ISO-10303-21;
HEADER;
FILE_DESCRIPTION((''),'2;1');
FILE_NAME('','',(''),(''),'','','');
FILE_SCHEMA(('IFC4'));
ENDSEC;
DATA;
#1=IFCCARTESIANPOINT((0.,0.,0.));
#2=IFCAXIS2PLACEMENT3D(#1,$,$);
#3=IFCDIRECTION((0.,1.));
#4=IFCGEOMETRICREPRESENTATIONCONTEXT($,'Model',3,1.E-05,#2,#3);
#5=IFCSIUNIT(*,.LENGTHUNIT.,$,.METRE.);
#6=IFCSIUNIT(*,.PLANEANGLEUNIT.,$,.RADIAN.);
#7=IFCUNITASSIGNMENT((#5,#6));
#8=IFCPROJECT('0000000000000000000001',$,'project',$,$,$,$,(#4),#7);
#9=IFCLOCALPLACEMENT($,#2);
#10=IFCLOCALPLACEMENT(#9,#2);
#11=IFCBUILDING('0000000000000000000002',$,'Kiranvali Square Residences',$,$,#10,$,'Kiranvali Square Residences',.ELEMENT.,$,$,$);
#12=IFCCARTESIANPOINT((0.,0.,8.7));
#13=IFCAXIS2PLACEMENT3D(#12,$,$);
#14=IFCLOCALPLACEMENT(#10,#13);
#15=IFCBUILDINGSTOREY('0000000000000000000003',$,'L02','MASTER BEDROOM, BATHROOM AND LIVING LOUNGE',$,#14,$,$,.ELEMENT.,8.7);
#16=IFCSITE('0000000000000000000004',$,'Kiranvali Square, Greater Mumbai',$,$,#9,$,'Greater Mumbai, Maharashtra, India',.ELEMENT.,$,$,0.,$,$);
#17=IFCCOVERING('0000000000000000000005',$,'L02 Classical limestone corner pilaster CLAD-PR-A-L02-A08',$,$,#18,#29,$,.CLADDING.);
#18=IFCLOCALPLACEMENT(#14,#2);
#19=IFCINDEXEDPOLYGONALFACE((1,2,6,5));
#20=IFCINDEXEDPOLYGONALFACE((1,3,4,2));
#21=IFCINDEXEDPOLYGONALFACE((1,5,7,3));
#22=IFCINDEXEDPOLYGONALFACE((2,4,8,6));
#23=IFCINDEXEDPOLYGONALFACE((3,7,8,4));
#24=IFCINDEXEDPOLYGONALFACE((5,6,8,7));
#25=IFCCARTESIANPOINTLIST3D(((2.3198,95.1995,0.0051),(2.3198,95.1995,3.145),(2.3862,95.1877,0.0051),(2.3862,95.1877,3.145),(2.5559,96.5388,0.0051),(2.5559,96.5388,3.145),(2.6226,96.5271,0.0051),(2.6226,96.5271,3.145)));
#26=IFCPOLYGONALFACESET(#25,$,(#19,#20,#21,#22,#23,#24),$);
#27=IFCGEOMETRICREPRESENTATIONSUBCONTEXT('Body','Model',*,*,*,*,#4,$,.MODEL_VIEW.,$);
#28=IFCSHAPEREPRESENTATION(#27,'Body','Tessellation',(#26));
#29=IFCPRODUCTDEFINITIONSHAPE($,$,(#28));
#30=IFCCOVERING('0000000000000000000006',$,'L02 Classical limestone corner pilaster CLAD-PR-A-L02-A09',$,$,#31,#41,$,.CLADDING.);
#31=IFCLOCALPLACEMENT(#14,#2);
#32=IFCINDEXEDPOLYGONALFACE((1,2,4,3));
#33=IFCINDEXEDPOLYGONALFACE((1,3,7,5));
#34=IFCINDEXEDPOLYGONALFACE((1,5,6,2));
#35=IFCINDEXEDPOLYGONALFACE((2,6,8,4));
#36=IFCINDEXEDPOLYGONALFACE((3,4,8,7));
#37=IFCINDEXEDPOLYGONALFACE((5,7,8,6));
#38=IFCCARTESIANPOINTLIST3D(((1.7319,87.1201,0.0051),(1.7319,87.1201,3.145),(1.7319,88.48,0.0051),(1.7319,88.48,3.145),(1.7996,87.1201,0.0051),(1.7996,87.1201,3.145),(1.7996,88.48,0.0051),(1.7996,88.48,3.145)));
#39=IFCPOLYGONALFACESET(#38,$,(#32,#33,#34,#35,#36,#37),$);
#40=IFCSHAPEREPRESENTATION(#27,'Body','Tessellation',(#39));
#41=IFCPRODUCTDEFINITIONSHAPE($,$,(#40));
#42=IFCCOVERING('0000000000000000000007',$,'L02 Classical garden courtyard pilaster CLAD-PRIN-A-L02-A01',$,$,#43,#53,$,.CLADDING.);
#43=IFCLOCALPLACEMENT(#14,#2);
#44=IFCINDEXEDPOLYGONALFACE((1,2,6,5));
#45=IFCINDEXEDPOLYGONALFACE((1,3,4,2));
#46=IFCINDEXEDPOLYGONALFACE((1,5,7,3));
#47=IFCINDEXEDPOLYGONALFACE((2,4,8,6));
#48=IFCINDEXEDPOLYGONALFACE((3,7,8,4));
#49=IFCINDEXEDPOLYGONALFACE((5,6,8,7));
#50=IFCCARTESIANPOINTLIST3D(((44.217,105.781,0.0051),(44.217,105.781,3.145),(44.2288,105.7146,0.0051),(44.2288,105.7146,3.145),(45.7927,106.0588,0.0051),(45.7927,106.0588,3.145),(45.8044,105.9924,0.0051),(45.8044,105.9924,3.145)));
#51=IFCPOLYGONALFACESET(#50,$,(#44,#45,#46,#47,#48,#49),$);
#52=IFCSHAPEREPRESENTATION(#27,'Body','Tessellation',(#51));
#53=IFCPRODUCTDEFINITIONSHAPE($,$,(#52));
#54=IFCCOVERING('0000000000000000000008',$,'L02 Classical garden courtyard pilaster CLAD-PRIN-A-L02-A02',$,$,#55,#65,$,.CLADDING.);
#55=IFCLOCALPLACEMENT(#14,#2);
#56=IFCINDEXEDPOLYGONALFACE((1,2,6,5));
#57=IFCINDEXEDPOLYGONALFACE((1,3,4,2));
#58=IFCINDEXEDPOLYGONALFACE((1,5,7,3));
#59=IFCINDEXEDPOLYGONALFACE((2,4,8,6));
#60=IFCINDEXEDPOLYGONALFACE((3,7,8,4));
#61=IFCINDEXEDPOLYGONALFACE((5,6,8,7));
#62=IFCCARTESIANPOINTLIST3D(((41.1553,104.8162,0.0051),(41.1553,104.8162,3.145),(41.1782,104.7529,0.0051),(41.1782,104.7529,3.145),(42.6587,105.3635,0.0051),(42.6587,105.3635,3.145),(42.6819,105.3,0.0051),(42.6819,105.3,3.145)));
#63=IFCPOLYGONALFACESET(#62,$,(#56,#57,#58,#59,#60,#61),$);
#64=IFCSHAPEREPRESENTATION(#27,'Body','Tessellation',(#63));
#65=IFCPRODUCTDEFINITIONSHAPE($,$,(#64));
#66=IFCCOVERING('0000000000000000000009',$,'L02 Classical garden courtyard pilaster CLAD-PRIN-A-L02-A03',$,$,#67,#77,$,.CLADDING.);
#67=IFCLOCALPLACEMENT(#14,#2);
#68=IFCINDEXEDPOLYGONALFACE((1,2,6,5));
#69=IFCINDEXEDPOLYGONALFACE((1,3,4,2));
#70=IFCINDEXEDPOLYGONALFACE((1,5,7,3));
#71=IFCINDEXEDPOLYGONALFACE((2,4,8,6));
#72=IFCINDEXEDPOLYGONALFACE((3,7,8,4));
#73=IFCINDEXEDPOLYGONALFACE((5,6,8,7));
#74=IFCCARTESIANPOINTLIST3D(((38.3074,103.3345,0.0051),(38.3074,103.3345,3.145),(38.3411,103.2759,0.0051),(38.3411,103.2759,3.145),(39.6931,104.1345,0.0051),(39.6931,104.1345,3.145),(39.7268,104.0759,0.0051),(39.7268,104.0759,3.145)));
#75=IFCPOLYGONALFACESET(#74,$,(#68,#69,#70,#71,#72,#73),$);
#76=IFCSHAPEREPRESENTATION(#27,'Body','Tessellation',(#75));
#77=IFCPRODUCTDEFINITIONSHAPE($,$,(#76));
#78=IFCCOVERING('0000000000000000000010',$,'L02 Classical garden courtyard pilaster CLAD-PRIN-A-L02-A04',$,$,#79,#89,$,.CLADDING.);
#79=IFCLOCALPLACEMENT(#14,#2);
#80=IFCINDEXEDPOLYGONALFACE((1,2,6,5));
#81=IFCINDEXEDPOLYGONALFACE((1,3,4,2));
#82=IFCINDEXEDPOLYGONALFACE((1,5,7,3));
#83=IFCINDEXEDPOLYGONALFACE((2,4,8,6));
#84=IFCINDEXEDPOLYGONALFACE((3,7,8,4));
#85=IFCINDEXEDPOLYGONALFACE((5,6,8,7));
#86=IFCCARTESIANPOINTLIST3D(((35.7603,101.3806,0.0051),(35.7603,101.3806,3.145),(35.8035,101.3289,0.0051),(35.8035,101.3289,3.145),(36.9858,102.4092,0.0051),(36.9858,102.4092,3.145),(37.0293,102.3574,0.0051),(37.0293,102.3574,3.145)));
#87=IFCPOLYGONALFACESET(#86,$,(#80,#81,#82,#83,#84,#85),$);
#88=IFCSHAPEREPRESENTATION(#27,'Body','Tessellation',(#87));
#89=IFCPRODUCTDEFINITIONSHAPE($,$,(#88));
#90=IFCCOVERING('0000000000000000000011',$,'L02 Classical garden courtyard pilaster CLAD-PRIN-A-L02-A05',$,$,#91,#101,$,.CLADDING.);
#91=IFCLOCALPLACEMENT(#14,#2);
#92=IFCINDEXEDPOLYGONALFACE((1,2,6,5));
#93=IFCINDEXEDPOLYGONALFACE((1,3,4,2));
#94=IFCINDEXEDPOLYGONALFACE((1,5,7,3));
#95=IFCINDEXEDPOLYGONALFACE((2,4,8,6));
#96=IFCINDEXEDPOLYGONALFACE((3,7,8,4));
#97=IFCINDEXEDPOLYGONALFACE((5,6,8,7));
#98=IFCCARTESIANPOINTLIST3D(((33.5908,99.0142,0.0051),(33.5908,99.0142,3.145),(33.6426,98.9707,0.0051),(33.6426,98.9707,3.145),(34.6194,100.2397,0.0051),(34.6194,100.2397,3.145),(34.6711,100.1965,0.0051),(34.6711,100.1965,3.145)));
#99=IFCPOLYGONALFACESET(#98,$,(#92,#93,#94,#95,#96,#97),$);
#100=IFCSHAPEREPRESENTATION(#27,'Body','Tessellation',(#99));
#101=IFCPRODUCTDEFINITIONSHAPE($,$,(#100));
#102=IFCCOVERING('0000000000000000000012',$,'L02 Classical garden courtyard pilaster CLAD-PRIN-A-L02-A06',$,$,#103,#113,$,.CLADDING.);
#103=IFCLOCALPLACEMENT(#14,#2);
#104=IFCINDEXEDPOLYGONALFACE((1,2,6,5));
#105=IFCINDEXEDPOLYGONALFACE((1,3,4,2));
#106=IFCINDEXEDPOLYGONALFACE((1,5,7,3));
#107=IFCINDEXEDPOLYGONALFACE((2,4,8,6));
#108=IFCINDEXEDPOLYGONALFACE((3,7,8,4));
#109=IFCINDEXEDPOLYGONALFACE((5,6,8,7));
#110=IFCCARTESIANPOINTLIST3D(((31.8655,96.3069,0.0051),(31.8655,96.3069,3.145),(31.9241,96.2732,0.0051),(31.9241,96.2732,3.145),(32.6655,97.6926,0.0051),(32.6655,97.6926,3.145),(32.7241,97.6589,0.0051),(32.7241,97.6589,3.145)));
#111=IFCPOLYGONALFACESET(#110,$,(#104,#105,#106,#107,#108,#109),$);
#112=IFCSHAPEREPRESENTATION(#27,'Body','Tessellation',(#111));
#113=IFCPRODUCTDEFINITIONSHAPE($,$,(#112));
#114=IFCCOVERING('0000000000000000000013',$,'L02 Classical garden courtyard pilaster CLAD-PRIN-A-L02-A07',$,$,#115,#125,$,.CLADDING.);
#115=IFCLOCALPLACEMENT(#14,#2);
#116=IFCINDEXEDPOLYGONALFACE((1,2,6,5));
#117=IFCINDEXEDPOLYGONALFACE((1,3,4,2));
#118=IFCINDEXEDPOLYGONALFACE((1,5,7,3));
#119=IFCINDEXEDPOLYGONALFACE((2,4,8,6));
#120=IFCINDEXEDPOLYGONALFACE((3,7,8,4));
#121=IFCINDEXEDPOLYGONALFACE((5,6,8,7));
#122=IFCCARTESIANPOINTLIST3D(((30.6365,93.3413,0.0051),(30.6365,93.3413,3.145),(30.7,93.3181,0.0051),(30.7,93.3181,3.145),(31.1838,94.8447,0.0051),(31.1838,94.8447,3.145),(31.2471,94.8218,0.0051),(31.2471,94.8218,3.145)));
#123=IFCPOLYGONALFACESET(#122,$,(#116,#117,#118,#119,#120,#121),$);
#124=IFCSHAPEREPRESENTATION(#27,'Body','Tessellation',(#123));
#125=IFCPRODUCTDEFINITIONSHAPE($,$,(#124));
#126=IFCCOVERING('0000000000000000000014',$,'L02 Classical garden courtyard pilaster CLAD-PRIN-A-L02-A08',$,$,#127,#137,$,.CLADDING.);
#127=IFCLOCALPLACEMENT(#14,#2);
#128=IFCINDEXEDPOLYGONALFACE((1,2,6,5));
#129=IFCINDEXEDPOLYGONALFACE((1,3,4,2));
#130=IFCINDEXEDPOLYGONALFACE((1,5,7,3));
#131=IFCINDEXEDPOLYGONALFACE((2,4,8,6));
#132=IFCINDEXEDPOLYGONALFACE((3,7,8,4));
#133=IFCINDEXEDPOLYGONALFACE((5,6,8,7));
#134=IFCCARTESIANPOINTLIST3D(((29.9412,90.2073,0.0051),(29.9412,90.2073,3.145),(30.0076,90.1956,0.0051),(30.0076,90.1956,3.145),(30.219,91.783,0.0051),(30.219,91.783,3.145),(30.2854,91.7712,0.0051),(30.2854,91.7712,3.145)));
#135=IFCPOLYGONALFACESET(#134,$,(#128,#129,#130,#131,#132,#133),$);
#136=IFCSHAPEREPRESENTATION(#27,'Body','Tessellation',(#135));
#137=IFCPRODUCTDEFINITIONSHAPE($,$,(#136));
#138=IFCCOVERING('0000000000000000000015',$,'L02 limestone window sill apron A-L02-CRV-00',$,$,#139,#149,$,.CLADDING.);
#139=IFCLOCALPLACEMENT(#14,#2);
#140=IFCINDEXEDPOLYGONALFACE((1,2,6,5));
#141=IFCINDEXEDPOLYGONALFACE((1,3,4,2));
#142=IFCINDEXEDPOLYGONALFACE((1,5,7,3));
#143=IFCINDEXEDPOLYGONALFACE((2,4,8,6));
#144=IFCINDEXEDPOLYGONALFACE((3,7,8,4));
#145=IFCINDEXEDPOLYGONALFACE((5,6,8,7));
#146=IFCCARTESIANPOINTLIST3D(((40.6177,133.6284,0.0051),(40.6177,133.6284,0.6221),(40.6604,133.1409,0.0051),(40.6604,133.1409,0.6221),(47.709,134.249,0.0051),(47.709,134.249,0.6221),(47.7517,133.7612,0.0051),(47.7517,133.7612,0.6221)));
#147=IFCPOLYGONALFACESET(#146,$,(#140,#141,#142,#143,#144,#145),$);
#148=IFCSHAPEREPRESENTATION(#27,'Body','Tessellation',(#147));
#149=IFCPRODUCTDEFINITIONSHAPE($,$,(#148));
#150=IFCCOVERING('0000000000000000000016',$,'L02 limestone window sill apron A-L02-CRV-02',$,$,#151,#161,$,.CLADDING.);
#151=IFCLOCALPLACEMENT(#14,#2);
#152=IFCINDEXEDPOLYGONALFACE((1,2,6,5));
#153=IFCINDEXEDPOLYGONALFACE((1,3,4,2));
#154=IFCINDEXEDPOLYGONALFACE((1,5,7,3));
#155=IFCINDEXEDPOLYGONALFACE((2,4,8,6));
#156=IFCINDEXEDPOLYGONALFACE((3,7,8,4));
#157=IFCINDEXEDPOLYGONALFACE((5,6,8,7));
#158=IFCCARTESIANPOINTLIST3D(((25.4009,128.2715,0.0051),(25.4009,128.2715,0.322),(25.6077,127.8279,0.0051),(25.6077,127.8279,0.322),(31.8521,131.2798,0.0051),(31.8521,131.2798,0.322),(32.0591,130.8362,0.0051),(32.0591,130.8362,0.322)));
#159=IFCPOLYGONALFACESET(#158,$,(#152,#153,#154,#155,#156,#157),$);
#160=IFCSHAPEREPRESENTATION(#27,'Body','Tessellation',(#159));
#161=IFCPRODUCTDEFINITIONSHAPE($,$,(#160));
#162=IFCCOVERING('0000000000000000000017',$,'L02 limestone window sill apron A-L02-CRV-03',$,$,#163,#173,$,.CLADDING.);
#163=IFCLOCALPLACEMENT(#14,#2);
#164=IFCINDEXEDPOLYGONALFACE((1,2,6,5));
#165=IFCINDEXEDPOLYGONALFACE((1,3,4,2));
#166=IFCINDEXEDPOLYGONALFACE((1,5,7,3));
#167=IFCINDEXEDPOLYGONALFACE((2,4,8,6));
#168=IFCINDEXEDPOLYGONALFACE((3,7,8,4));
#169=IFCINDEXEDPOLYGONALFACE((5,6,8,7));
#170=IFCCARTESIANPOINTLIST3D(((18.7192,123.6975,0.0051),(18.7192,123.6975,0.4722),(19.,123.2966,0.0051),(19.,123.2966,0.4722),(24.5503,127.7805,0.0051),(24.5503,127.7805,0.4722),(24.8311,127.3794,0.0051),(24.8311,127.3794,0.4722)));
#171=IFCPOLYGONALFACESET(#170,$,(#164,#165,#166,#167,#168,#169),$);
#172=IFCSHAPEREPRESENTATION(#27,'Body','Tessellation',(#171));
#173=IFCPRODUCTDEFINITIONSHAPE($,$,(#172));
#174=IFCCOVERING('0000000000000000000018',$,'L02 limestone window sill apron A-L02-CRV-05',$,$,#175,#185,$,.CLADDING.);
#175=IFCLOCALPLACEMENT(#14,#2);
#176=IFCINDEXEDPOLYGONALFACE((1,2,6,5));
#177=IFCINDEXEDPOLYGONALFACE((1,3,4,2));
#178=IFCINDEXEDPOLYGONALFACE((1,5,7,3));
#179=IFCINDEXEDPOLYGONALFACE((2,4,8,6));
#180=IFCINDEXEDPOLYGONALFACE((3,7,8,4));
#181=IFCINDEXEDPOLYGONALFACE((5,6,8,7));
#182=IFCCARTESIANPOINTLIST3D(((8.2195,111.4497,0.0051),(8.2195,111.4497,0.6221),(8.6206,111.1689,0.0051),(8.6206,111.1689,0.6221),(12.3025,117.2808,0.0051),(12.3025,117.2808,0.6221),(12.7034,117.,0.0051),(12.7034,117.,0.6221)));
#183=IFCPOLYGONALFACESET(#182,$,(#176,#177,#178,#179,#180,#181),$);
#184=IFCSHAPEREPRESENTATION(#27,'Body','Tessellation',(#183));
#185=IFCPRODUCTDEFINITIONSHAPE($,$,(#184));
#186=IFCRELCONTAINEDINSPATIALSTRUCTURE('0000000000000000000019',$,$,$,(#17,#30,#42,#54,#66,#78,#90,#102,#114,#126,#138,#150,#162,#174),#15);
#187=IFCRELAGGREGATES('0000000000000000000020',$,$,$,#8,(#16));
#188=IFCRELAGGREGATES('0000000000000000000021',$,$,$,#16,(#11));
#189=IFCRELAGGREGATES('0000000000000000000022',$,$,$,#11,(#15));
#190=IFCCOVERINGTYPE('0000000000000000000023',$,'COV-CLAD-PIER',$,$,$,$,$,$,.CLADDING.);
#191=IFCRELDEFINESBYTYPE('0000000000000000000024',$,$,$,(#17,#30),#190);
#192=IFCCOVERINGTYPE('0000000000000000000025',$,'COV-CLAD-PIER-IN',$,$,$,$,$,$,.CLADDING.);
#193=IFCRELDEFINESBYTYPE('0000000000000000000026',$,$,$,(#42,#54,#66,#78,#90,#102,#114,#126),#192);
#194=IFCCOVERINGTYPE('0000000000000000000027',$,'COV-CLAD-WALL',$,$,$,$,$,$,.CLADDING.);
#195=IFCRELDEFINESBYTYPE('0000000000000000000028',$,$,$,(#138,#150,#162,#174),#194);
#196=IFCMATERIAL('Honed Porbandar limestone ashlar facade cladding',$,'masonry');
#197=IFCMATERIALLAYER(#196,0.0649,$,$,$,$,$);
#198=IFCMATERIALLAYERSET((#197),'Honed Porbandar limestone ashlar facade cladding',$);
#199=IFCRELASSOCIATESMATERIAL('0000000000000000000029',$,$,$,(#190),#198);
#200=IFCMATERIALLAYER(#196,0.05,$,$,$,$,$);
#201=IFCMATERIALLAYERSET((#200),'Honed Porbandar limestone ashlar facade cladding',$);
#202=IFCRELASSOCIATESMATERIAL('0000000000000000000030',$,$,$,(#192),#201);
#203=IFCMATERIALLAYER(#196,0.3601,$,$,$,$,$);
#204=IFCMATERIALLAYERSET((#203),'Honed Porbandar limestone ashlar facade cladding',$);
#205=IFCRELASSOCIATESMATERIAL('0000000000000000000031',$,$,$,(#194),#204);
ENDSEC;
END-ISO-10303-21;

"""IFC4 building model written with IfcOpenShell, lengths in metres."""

from ifc_helpers import new_model, si_unit, direction, frame, origin, place, context, subcontext, project, spatial, polyline, outline, extrude, material, layer, layer_set, type_object, element, save


model = new_model("IFC4")

# Units and contexts
model_context = context("Model", 3, precision=1e-05, world=origin(), true_north=direction((0.0, 1.0)))
body_context = subcontext(model_context, "Body", "Model", "MODEL_VIEW")
ifc_project = project(units=[si_unit("LENGTHUNIT", "METRE"), si_unit("PLANEANGLEUNIT", "RADIAN")], contexts=[model_context])

# Site, building, storey
site_placement = place(None, origin())
site = spatial("IfcSite", under=ifc_project, at=site_placement, Name="Kiranvali Square, Greater Mumbai", LongName="Greater Mumbai, Maharashtra, India", CompositionType="ELEMENT", RefElevation=0.0)
building_placement = place(site_placement, origin())
building = spatial("IfcBuilding", under=site, at=building_placement, Name="Kiranvali Square Residences", LongName="Kiranvali Square Residences", CompositionType="ELEMENT")
storey_placement = place(building_placement, frame((0.0, 0.0, 8.7)))
storey = spatial("IfcBuildingStorey", under=building, at=storey_placement, Name="L02", Description="MASTER BEDROOM, BATHROOM AND LIVING LOUNGE", CompositionType="ELEMENT", Elevation=8.7)

# Coverings
ifc_material = material(Name="Honed Porbandar limestone ashlar facade cladding", Category="masonry")
ifc_layer_1 = layer(ifc_material, 0.0649)
ifc_layer_set_1 = layer_set([ifc_layer_1], Name="Honed Porbandar limestone ashlar facade cladding")
covering_type_1 = type_object("IfcCoveringType", Name="COV-CLAD-PIER", PredefinedType="CLADDING", material=ifc_layer_set_1)
covering_1_placement = place(storey_placement, frame((0.0, 0.0, 0.0051)))
element("IfcCovering", 1, at=covering_1_placement, inside=storey, type_object=covering_type_1, Name="L02 Classical limestone corner pilaster CLAD-PR-A-L02-A08", PredefinedType="CLADDING", context=body_context, shape_type="SweptSolid", body=[
    extrude(outline(polyline([(2.5559, 96.5388), (2.3198, 95.1995), (2.3862, 95.1877), (2.6226, 96.5271), (2.5559, 96.5388)])), origin(), (0.0, 0.0, 1.0), 3.1399),
])
covering_2_placement = place(storey_placement, frame((0.0, 0.0, 0.0051)))
element("IfcCovering", 2, at=covering_2_placement, inside=storey, type_object=covering_type_1, Name="L02 Classical limestone corner pilaster CLAD-PR-A-L02-A09", PredefinedType="CLADDING", context=body_context, shape_type="SweptSolid", body=[
    extrude(outline(polyline([(1.7319, 88.48), (1.7319, 87.1201), (1.7996, 87.1201), (1.7996, 88.48), (1.7319, 88.48)])), origin(), (0.0, 0.0, 1.0), 3.1399),
])
ifc_layer_2 = layer(ifc_material, 0.05)
ifc_layer_set_2 = layer_set([ifc_layer_2], Name="Honed Porbandar limestone ashlar facade cladding")
covering_type_2 = type_object("IfcCoveringType", Name="COV-CLAD-PIER-IN", PredefinedType="CLADDING", material=ifc_layer_set_2)
covering_3_placement = place(storey_placement, frame((0.0, 0.0, 0.0051)))
element("IfcCovering", 3, at=covering_3_placement, inside=storey, type_object=covering_type_2, Name="L02 Classical garden courtyard pilaster CLAD-PRIN-A-L02-A01", PredefinedType="CLADDING", context=body_context, shape_type="SweptSolid", body=[
    extrude(outline(polyline([(44.2288, 105.7146), (45.8044, 105.9924), (45.7927, 106.0588), (44.217, 105.781), (44.2288, 105.7146)])), origin(), (0.0, 0.0, 1.0), 3.1399),
])
covering_4_placement = place(storey_placement, frame((0.0, 0.0, 0.0051)))
element("IfcCovering", 4, at=covering_4_placement, inside=storey, type_object=covering_type_2, Name="L02 Classical garden courtyard pilaster CLAD-PRIN-A-L02-A02", PredefinedType="CLADDING", context=body_context, shape_type="SweptSolid", body=[
    extrude(outline(polyline([(41.1782, 104.7529), (42.6819, 105.3), (42.6587, 105.3635), (41.1553, 104.8162), (41.1782, 104.7529)])), origin(), (0.0, 0.0, 1.0), 3.1399),
])
covering_5_placement = place(storey_placement, frame((0.0, 0.0, 0.0051)))
element("IfcCovering", 5, at=covering_5_placement, inside=storey, type_object=covering_type_2, Name="L02 Classical garden courtyard pilaster CLAD-PRIN-A-L02-A03", PredefinedType="CLADDING", context=body_context, shape_type="SweptSolid", body=[
    extrude(outline(polyline([(38.3411, 103.2759), (39.7268, 104.0759), (39.6931, 104.1345), (38.3074, 103.3345), (38.3411, 103.2759)])), origin(), (0.0, 0.0, 1.0), 3.1399),
])
covering_6_placement = place(storey_placement, frame((0.0, 0.0, 0.0051)))
element("IfcCovering", 6, at=covering_6_placement, inside=storey, type_object=covering_type_2, Name="L02 Classical garden courtyard pilaster CLAD-PRIN-A-L02-A04", PredefinedType="CLADDING", context=body_context, shape_type="SweptSolid", body=[
    extrude(outline(polyline([(35.8035, 101.3289), (37.0293, 102.3574), (36.9858, 102.4092), (35.7603, 101.3806), (35.8035, 101.3289)])), origin(), (0.0, 0.0, 1.0), 3.1399),
])
covering_7_placement = place(storey_placement, frame((0.0, 0.0, 0.0051)))
element("IfcCovering", 7, at=covering_7_placement, inside=storey, type_object=covering_type_2, Name="L02 Classical garden courtyard pilaster CLAD-PRIN-A-L02-A05", PredefinedType="CLADDING", context=body_context, shape_type="SweptSolid", body=[
    extrude(outline(polyline([(33.6426, 98.9707), (34.6711, 100.1965), (34.6194, 100.2397), (33.5908, 99.0142), (33.6426, 98.9707)])), origin(), (0.0, 0.0, 1.0), 3.1399),
])
covering_8_placement = place(storey_placement, frame((0.0, 0.0, 0.0051)))
element("IfcCovering", 8, at=covering_8_placement, inside=storey, type_object=covering_type_2, Name="L02 Classical garden courtyard pilaster CLAD-PRIN-A-L02-A06", PredefinedType="CLADDING", context=body_context, shape_type="SweptSolid", body=[
    extrude(outline(polyline([(31.9241, 96.2732), (32.7241, 97.6589), (32.6655, 97.6926), (31.8655, 96.3069), (31.9241, 96.2732)])), origin(), (0.0, 0.0, 1.0), 3.1399),
])
covering_9_placement = place(storey_placement, frame((0.0, 0.0, 0.0051)))
element("IfcCovering", 9, at=covering_9_placement, inside=storey, type_object=covering_type_2, Name="L02 Classical garden courtyard pilaster CLAD-PRIN-A-L02-A07", PredefinedType="CLADDING", context=body_context, shape_type="SweptSolid", body=[
    extrude(outline(polyline([(30.7, 93.3181), (31.2471, 94.8218), (31.1838, 94.8447), (30.6365, 93.3413), (30.7, 93.3181)])), origin(), (0.0, 0.0, 1.0), 3.1399),
])
covering_10_placement = place(storey_placement, frame((0.0, 0.0, 0.0051)))
element("IfcCovering", 10, at=covering_10_placement, inside=storey, type_object=covering_type_2, Name="L02 Classical garden courtyard pilaster CLAD-PRIN-A-L02-A08", PredefinedType="CLADDING", context=body_context, shape_type="SweptSolid", body=[
    extrude(outline(polyline([(30.0076, 90.1956), (30.2854, 91.7712), (30.219, 91.783), (29.9412, 90.2073), (30.0076, 90.1956)])), origin(), (0.0, 0.0, 1.0), 3.1399),
])
ifc_layer_3 = layer(ifc_material, 0.3601)
ifc_layer_set_3 = layer_set([ifc_layer_3], Name="Honed Porbandar limestone ashlar facade cladding")
covering_type_3 = type_object("IfcCoveringType", Name="COV-CLAD-WALL", PredefinedType="CLADDING", material=ifc_layer_set_3)
covering_11_placement = place(storey_placement, frame((0.0, 0.0, 0.0051)))
element("IfcCovering", 11, at=covering_11_placement, inside=storey, type_object=covering_type_3, Name="L02 limestone window sill apron A-L02-CRV-00", PredefinedType="CLADDING", context=body_context, shape_type="SweptSolid", body=[
    extrude(outline(polyline([(47.709, 134.249), (40.6177, 133.6284), (40.6604, 133.1409), (47.7517, 133.7612), (47.709, 134.249)])), origin(), (0.0, 0.0, 1.0), 0.6169),
])
covering_12_placement = place(storey_placement, frame((0.0, 0.0, 0.0051)))
element("IfcCovering", 12, at=covering_12_placement, inside=storey, type_object=covering_type_3, Name="L02 limestone window sill apron A-L02-CRV-02", PredefinedType="CLADDING", context=body_context, shape_type="SweptSolid", body=[
    extrude(outline(polyline([(31.8521, 131.2798), (25.4009, 128.2715), (25.6077, 127.8279), (32.0591, 130.8362), (31.8521, 131.2798)])), origin(), (0.0, 0.0, 1.0), 0.3169),
])
covering_13_placement = place(storey_placement, frame((0.0, 0.0, 0.0051)))
element("IfcCovering", 13, at=covering_13_placement, inside=storey, type_object=covering_type_3, Name="L02 limestone window sill apron A-L02-CRV-03", PredefinedType="CLADDING", context=body_context, shape_type="SweptSolid", body=[
    extrude(outline(polyline([(24.5503, 127.7805), (18.7192, 123.6975), (19.0, 123.2966), (24.8311, 127.3794), (24.5503, 127.7805)])), origin(), (0.0, 0.0, 1.0), 0.467),
])
covering_14_placement = place(storey_placement, frame((0.0, 0.0, 0.0051)))
element("IfcCovering", 14, at=covering_14_placement, inside=storey, type_object=covering_type_3, Name="L02 limestone window sill apron A-L02-CRV-05", PredefinedType="CLADDING", context=body_context, shape_type="SweptSolid", body=[
    extrude(outline(polyline([(12.3025, 117.2808), (8.2195, 111.4497), (8.6206, 111.1689), (12.7034, 117.0), (12.3025, 117.2808)])), origin(), (0.0, 0.0, 1.0), 0.6169),
])

save(model, "model.ifc")
